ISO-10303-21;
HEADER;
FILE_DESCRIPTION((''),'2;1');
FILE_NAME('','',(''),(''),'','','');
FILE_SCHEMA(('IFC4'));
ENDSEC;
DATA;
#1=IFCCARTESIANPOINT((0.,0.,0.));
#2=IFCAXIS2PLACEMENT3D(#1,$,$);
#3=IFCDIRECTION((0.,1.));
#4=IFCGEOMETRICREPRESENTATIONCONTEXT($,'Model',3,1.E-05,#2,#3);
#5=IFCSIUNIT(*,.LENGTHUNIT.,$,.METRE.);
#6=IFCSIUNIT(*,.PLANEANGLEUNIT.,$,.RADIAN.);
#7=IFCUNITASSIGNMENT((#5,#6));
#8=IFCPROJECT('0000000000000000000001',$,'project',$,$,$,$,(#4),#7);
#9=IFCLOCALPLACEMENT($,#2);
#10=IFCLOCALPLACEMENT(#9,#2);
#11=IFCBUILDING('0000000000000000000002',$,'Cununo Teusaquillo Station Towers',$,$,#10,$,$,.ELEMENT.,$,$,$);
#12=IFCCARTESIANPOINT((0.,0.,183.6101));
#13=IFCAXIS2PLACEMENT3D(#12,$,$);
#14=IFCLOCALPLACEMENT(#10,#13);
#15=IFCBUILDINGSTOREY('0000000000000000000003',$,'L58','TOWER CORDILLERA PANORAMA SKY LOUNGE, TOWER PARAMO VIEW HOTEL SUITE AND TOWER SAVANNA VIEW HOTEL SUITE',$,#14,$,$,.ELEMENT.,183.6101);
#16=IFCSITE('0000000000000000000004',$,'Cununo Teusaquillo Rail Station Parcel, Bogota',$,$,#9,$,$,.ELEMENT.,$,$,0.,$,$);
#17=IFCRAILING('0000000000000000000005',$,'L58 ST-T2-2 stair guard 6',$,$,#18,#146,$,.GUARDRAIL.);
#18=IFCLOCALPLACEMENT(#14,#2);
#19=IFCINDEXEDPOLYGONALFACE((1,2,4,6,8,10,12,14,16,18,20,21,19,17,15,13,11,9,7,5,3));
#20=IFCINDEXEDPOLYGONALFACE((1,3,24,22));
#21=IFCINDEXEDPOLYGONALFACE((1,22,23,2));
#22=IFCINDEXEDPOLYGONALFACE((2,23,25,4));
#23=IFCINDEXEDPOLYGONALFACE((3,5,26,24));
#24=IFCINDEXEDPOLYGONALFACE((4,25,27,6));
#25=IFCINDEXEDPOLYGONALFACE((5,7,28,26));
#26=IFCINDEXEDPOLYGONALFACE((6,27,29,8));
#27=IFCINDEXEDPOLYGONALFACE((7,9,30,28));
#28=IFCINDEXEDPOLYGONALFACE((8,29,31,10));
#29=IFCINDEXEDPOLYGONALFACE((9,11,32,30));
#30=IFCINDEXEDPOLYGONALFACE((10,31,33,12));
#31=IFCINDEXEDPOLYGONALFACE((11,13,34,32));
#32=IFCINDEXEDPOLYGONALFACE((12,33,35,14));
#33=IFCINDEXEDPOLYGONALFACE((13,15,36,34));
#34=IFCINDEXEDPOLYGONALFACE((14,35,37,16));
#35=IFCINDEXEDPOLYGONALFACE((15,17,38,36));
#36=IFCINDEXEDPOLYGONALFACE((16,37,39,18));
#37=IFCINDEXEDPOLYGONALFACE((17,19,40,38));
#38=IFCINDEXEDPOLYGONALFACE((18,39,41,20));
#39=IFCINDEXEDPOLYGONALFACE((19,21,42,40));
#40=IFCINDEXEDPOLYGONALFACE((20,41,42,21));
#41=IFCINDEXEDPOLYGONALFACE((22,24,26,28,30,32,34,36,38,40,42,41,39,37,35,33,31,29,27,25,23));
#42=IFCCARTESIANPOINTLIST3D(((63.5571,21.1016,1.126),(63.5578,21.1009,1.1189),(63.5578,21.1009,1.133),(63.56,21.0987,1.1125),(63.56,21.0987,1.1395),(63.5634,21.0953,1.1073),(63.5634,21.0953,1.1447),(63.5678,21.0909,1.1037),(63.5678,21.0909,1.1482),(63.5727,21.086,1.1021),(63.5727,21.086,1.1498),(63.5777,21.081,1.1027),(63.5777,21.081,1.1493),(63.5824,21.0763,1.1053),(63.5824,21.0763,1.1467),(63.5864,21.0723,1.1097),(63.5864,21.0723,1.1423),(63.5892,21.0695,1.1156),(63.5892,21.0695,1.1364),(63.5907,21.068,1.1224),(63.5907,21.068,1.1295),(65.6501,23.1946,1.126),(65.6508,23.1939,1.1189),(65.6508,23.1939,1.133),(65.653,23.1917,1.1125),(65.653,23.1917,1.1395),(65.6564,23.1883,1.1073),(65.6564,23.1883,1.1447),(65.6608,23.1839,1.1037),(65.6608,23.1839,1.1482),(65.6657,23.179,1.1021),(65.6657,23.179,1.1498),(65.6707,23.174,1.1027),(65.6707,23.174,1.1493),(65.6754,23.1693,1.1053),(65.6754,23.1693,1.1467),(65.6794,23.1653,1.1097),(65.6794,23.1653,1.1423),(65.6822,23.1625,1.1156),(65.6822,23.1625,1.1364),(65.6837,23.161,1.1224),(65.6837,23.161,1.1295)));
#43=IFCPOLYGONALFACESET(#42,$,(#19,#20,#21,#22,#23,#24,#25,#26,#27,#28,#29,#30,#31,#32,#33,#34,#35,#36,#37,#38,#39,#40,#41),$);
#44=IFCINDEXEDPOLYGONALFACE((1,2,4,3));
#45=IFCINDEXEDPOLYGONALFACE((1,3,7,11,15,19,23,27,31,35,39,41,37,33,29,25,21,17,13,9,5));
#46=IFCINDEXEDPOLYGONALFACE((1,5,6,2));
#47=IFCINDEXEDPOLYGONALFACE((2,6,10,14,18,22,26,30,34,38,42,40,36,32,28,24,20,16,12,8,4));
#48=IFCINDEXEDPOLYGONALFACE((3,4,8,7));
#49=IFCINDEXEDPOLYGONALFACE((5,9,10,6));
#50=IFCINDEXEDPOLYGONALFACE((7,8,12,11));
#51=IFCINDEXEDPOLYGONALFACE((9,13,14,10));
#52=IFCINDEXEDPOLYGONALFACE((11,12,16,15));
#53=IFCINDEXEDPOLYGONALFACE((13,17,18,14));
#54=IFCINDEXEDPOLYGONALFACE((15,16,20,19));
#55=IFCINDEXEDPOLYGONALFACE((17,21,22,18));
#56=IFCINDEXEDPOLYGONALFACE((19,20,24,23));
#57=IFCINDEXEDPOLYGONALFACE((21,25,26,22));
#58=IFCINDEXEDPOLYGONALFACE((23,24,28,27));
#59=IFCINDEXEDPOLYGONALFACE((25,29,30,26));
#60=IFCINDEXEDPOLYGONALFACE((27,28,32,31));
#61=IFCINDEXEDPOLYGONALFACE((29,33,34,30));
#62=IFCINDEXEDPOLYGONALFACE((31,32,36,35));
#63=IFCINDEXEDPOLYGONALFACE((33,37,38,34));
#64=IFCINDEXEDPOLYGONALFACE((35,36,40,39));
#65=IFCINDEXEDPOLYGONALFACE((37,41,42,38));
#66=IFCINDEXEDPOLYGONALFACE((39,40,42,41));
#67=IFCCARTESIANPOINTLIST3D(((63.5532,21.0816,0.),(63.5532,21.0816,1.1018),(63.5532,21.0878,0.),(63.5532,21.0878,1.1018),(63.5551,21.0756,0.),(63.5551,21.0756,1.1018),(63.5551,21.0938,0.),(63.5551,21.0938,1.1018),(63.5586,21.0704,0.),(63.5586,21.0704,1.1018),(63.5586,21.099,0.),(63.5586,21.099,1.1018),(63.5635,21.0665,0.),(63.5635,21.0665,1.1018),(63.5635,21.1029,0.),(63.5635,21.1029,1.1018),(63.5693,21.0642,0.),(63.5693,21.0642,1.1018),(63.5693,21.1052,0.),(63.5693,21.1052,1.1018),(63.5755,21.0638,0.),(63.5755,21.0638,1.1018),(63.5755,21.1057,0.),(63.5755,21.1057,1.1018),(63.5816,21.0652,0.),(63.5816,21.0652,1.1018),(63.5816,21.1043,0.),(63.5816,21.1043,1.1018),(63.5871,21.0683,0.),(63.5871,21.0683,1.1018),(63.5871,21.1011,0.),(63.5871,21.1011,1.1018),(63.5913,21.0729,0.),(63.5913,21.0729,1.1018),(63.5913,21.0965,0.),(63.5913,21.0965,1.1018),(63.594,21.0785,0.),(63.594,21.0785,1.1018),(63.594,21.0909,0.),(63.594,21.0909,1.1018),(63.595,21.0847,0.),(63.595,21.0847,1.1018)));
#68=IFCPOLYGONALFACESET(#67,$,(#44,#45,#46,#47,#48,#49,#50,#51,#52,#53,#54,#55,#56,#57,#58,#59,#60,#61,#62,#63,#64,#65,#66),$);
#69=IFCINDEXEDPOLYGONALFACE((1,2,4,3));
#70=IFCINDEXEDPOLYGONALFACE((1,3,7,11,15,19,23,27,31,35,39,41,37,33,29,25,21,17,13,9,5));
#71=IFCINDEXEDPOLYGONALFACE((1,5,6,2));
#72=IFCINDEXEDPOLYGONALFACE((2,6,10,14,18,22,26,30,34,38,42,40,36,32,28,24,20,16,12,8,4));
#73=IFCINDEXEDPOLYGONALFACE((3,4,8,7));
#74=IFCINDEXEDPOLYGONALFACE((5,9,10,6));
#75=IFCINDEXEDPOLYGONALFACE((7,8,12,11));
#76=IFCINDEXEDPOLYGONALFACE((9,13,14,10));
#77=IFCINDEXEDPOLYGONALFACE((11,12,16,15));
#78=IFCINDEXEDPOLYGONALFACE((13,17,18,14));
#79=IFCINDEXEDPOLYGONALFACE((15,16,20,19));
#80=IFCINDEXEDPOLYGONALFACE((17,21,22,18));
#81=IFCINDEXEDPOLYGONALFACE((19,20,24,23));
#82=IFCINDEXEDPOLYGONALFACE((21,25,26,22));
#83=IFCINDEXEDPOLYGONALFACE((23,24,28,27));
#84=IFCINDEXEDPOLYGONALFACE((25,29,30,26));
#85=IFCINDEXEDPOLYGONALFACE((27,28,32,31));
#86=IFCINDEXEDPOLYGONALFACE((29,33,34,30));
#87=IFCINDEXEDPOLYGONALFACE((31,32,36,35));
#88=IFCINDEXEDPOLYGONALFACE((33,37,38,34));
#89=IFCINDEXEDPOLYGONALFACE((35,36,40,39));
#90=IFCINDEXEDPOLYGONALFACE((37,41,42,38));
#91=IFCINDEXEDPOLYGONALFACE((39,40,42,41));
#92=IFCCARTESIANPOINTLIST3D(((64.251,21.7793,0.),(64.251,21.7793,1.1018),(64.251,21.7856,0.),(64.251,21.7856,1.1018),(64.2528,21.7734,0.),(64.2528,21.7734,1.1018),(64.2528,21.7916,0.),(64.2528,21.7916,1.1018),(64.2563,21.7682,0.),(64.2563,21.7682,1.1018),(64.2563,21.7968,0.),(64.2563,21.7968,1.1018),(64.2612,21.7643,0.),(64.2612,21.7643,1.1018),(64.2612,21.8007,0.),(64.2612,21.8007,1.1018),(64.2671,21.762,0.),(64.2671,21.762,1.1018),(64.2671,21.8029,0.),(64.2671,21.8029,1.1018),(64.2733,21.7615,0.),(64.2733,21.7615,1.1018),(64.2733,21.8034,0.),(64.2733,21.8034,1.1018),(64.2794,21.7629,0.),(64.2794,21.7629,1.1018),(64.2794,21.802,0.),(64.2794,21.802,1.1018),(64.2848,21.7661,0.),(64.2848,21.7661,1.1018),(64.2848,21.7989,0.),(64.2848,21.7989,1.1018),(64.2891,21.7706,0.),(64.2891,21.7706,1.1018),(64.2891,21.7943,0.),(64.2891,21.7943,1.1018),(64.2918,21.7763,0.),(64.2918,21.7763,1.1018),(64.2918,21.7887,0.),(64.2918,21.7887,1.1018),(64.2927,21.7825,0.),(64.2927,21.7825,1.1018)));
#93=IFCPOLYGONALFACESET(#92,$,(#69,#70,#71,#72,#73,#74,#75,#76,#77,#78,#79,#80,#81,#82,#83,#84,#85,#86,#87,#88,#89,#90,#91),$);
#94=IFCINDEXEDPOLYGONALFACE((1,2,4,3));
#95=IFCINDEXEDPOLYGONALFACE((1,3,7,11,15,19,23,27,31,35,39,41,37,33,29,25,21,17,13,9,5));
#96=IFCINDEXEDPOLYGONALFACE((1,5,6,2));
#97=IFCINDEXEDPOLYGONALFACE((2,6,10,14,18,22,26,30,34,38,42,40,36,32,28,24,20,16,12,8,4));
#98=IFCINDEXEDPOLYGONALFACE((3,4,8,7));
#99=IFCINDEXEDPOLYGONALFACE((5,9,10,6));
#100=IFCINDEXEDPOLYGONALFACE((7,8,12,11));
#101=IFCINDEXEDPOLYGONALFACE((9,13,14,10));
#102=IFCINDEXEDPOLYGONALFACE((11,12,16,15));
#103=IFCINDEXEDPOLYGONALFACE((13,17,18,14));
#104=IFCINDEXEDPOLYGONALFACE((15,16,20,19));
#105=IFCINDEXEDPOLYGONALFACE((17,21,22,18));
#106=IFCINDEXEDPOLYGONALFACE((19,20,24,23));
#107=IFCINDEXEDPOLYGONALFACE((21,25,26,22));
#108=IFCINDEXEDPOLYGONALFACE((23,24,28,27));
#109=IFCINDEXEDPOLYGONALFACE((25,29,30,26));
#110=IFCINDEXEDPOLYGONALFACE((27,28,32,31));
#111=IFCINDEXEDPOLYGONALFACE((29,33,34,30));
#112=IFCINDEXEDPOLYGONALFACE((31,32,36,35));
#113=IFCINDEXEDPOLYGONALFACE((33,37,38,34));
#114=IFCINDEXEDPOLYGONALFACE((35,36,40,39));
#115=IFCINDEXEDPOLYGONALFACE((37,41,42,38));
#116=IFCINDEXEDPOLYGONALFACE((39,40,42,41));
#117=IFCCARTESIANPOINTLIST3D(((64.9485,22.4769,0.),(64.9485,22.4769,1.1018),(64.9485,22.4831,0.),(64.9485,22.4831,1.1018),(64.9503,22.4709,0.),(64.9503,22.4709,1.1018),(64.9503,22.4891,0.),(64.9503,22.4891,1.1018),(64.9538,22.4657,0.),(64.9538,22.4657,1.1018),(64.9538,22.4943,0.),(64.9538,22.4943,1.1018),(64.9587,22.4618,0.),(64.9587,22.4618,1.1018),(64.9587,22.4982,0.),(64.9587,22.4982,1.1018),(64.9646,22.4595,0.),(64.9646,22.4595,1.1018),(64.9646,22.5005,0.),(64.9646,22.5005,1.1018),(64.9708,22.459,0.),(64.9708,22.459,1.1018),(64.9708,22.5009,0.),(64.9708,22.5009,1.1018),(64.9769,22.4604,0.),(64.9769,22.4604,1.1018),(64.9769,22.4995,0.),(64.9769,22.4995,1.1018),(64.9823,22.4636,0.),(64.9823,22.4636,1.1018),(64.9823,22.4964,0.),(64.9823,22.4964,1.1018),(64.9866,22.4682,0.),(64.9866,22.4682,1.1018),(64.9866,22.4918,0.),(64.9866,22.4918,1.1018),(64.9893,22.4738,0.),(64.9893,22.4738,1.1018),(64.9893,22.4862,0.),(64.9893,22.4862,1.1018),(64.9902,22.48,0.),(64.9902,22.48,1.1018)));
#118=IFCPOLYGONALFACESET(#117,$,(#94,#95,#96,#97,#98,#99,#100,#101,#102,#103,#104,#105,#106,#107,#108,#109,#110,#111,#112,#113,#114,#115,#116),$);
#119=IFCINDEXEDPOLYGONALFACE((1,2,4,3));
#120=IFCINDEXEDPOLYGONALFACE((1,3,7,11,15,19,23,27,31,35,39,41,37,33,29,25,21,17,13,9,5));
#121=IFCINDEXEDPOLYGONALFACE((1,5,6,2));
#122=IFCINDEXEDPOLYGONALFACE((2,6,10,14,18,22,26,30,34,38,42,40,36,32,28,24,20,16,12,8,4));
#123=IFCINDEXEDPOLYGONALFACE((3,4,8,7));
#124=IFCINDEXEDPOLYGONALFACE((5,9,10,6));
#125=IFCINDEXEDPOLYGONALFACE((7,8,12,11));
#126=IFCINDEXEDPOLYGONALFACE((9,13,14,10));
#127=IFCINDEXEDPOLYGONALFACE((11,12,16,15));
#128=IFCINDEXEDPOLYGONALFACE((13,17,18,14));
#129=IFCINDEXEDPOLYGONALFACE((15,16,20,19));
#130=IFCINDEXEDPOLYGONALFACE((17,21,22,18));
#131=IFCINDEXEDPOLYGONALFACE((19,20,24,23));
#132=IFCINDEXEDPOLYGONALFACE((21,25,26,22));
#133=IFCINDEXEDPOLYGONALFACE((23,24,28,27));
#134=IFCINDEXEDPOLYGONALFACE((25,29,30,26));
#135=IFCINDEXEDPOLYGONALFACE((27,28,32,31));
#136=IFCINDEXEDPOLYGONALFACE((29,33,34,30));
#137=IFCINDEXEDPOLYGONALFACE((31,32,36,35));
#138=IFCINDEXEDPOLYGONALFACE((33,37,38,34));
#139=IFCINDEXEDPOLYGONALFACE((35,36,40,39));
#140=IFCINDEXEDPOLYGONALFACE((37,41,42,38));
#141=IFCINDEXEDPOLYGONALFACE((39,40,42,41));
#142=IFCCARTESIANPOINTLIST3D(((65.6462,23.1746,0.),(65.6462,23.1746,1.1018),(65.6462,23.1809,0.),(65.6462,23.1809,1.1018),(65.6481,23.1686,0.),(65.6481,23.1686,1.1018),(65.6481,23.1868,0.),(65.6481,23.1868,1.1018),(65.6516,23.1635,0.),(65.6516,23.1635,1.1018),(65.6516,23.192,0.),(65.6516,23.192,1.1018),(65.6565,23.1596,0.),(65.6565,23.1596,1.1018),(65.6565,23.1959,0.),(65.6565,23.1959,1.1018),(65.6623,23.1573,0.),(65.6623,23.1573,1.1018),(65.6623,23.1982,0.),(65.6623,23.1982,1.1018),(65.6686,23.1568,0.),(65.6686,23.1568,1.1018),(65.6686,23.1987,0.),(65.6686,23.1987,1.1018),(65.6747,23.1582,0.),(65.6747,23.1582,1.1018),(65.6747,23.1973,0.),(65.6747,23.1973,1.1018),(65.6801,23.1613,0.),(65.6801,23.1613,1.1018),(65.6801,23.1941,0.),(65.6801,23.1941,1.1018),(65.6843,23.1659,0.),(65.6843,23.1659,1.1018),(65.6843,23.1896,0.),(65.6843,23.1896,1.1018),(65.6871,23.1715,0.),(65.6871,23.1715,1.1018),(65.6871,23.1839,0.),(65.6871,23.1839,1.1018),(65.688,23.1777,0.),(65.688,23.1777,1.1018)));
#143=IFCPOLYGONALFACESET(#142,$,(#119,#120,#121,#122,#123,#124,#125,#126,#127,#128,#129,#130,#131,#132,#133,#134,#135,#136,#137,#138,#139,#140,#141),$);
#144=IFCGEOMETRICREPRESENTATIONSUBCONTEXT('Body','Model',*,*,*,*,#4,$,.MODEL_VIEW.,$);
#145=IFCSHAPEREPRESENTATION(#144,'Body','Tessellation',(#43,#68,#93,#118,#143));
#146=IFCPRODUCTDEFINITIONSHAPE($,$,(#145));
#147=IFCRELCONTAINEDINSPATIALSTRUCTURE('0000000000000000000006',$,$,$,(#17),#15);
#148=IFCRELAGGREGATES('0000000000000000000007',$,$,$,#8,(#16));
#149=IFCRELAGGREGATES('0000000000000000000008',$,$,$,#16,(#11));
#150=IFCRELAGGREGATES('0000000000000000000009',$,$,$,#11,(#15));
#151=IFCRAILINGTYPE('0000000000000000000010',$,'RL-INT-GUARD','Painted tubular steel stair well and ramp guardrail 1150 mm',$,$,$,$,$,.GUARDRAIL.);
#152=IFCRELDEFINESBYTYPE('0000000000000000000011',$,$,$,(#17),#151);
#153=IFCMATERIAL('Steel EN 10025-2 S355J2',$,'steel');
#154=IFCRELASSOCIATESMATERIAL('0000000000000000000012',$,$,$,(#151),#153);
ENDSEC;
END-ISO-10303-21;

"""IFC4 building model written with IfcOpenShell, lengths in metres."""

from ifc_helpers import new_model, si_unit, direction, frame, origin, origin_2d, place, context, subcontext, project, spatial, circle, extrude, material, type_object, element, save


model = new_model("IFC4")

# Units and contexts
model_context = context("Model", 3, precision=1e-05, world=origin(), true_north=direction((0.0, 1.0)))
body_context = subcontext(model_context, "Body", "Model", "MODEL_VIEW")
ifc_project = project(units=[si_unit("LENGTHUNIT", "METRE"), si_unit("PLANEANGLEUNIT", "RADIAN")], contexts=[model_context])

# Site, building, storey
site_placement = place(None, origin())
site = spatial("IfcSite", under=ifc_project, at=site_placement, Name="Cununo Teusaquillo Rail Station Parcel, Bogota", CompositionType="ELEMENT", RefElevation=0.0)
building_placement = place(site_placement, origin())
building = spatial("IfcBuilding", under=site, at=building_placement, Name="Cununo Teusaquillo Station Towers", CompositionType="ELEMENT")
storey_placement = place(building_placement, frame((0.0, 0.0, 183.6101)))
storey = spatial("IfcBuildingStorey", under=building, at=storey_placement, Name="L58", Description="TOWER CORDILLERA PANORAMA SKY LOUNGE, TOWER PARAMO VIEW HOTEL SUITE AND TOWER SAVANNA VIEW HOTEL SUITE", CompositionType="ELEMENT", Elevation=183.6101)

# Railing
ifc_material_1 = material(Name="Steel EN 10025-2 S355J2", Category="steel")
railing_type = type_object("IfcRailingType", Name="RL-INT-GUARD", Description="Painted tubular steel stair well and ramp guardrail 1150 mm", PredefinedType="GUARDRAIL", material=ifc_material_1)
railing_1_placement = place(storey_placement, frame((63.574, 21.0847, 0.0)))
element("IfcRailing", 1, at=railing_1_placement, inside=storey, type_object=railing_type, Name="L58 ST-T2-2 stair guard 6", PredefinedType="GUARDRAIL", context=body_context, shape_type="SweptSolid", body=[
    extrude(circle(Radius=0.0239, at=origin_2d()), frame((0.0, 0.0, 1.126), z_axis=(0.707107, 0.707107, 0.0), x_axis=(-0.707107, 0.707107, 0.0)), (0.0, 0.0, 1.0), 2.96),
    extrude(circle(Radius=0.021, at=origin_2d()), origin(), (0.0, 0.0, 1.0), 1.1018),
    extrude(circle(Radius=0.021, at=origin_2d()), frame((0.6978, 0.6978, 0.0)), (0.0, 0.0, 1.0), 1.1018),
    extrude(circle(Radius=0.021, at=origin_2d()), frame((1.3953, 1.3953, 0.0)), (0.0, 0.0, 1.0), 1.1018),
    extrude(circle(Radius=0.021, at=origin_2d()), frame((2.093, 2.093, 0.0)), (0.0, 0.0, 1.0), 1.1018),
])

save(model, "model.ifc")
